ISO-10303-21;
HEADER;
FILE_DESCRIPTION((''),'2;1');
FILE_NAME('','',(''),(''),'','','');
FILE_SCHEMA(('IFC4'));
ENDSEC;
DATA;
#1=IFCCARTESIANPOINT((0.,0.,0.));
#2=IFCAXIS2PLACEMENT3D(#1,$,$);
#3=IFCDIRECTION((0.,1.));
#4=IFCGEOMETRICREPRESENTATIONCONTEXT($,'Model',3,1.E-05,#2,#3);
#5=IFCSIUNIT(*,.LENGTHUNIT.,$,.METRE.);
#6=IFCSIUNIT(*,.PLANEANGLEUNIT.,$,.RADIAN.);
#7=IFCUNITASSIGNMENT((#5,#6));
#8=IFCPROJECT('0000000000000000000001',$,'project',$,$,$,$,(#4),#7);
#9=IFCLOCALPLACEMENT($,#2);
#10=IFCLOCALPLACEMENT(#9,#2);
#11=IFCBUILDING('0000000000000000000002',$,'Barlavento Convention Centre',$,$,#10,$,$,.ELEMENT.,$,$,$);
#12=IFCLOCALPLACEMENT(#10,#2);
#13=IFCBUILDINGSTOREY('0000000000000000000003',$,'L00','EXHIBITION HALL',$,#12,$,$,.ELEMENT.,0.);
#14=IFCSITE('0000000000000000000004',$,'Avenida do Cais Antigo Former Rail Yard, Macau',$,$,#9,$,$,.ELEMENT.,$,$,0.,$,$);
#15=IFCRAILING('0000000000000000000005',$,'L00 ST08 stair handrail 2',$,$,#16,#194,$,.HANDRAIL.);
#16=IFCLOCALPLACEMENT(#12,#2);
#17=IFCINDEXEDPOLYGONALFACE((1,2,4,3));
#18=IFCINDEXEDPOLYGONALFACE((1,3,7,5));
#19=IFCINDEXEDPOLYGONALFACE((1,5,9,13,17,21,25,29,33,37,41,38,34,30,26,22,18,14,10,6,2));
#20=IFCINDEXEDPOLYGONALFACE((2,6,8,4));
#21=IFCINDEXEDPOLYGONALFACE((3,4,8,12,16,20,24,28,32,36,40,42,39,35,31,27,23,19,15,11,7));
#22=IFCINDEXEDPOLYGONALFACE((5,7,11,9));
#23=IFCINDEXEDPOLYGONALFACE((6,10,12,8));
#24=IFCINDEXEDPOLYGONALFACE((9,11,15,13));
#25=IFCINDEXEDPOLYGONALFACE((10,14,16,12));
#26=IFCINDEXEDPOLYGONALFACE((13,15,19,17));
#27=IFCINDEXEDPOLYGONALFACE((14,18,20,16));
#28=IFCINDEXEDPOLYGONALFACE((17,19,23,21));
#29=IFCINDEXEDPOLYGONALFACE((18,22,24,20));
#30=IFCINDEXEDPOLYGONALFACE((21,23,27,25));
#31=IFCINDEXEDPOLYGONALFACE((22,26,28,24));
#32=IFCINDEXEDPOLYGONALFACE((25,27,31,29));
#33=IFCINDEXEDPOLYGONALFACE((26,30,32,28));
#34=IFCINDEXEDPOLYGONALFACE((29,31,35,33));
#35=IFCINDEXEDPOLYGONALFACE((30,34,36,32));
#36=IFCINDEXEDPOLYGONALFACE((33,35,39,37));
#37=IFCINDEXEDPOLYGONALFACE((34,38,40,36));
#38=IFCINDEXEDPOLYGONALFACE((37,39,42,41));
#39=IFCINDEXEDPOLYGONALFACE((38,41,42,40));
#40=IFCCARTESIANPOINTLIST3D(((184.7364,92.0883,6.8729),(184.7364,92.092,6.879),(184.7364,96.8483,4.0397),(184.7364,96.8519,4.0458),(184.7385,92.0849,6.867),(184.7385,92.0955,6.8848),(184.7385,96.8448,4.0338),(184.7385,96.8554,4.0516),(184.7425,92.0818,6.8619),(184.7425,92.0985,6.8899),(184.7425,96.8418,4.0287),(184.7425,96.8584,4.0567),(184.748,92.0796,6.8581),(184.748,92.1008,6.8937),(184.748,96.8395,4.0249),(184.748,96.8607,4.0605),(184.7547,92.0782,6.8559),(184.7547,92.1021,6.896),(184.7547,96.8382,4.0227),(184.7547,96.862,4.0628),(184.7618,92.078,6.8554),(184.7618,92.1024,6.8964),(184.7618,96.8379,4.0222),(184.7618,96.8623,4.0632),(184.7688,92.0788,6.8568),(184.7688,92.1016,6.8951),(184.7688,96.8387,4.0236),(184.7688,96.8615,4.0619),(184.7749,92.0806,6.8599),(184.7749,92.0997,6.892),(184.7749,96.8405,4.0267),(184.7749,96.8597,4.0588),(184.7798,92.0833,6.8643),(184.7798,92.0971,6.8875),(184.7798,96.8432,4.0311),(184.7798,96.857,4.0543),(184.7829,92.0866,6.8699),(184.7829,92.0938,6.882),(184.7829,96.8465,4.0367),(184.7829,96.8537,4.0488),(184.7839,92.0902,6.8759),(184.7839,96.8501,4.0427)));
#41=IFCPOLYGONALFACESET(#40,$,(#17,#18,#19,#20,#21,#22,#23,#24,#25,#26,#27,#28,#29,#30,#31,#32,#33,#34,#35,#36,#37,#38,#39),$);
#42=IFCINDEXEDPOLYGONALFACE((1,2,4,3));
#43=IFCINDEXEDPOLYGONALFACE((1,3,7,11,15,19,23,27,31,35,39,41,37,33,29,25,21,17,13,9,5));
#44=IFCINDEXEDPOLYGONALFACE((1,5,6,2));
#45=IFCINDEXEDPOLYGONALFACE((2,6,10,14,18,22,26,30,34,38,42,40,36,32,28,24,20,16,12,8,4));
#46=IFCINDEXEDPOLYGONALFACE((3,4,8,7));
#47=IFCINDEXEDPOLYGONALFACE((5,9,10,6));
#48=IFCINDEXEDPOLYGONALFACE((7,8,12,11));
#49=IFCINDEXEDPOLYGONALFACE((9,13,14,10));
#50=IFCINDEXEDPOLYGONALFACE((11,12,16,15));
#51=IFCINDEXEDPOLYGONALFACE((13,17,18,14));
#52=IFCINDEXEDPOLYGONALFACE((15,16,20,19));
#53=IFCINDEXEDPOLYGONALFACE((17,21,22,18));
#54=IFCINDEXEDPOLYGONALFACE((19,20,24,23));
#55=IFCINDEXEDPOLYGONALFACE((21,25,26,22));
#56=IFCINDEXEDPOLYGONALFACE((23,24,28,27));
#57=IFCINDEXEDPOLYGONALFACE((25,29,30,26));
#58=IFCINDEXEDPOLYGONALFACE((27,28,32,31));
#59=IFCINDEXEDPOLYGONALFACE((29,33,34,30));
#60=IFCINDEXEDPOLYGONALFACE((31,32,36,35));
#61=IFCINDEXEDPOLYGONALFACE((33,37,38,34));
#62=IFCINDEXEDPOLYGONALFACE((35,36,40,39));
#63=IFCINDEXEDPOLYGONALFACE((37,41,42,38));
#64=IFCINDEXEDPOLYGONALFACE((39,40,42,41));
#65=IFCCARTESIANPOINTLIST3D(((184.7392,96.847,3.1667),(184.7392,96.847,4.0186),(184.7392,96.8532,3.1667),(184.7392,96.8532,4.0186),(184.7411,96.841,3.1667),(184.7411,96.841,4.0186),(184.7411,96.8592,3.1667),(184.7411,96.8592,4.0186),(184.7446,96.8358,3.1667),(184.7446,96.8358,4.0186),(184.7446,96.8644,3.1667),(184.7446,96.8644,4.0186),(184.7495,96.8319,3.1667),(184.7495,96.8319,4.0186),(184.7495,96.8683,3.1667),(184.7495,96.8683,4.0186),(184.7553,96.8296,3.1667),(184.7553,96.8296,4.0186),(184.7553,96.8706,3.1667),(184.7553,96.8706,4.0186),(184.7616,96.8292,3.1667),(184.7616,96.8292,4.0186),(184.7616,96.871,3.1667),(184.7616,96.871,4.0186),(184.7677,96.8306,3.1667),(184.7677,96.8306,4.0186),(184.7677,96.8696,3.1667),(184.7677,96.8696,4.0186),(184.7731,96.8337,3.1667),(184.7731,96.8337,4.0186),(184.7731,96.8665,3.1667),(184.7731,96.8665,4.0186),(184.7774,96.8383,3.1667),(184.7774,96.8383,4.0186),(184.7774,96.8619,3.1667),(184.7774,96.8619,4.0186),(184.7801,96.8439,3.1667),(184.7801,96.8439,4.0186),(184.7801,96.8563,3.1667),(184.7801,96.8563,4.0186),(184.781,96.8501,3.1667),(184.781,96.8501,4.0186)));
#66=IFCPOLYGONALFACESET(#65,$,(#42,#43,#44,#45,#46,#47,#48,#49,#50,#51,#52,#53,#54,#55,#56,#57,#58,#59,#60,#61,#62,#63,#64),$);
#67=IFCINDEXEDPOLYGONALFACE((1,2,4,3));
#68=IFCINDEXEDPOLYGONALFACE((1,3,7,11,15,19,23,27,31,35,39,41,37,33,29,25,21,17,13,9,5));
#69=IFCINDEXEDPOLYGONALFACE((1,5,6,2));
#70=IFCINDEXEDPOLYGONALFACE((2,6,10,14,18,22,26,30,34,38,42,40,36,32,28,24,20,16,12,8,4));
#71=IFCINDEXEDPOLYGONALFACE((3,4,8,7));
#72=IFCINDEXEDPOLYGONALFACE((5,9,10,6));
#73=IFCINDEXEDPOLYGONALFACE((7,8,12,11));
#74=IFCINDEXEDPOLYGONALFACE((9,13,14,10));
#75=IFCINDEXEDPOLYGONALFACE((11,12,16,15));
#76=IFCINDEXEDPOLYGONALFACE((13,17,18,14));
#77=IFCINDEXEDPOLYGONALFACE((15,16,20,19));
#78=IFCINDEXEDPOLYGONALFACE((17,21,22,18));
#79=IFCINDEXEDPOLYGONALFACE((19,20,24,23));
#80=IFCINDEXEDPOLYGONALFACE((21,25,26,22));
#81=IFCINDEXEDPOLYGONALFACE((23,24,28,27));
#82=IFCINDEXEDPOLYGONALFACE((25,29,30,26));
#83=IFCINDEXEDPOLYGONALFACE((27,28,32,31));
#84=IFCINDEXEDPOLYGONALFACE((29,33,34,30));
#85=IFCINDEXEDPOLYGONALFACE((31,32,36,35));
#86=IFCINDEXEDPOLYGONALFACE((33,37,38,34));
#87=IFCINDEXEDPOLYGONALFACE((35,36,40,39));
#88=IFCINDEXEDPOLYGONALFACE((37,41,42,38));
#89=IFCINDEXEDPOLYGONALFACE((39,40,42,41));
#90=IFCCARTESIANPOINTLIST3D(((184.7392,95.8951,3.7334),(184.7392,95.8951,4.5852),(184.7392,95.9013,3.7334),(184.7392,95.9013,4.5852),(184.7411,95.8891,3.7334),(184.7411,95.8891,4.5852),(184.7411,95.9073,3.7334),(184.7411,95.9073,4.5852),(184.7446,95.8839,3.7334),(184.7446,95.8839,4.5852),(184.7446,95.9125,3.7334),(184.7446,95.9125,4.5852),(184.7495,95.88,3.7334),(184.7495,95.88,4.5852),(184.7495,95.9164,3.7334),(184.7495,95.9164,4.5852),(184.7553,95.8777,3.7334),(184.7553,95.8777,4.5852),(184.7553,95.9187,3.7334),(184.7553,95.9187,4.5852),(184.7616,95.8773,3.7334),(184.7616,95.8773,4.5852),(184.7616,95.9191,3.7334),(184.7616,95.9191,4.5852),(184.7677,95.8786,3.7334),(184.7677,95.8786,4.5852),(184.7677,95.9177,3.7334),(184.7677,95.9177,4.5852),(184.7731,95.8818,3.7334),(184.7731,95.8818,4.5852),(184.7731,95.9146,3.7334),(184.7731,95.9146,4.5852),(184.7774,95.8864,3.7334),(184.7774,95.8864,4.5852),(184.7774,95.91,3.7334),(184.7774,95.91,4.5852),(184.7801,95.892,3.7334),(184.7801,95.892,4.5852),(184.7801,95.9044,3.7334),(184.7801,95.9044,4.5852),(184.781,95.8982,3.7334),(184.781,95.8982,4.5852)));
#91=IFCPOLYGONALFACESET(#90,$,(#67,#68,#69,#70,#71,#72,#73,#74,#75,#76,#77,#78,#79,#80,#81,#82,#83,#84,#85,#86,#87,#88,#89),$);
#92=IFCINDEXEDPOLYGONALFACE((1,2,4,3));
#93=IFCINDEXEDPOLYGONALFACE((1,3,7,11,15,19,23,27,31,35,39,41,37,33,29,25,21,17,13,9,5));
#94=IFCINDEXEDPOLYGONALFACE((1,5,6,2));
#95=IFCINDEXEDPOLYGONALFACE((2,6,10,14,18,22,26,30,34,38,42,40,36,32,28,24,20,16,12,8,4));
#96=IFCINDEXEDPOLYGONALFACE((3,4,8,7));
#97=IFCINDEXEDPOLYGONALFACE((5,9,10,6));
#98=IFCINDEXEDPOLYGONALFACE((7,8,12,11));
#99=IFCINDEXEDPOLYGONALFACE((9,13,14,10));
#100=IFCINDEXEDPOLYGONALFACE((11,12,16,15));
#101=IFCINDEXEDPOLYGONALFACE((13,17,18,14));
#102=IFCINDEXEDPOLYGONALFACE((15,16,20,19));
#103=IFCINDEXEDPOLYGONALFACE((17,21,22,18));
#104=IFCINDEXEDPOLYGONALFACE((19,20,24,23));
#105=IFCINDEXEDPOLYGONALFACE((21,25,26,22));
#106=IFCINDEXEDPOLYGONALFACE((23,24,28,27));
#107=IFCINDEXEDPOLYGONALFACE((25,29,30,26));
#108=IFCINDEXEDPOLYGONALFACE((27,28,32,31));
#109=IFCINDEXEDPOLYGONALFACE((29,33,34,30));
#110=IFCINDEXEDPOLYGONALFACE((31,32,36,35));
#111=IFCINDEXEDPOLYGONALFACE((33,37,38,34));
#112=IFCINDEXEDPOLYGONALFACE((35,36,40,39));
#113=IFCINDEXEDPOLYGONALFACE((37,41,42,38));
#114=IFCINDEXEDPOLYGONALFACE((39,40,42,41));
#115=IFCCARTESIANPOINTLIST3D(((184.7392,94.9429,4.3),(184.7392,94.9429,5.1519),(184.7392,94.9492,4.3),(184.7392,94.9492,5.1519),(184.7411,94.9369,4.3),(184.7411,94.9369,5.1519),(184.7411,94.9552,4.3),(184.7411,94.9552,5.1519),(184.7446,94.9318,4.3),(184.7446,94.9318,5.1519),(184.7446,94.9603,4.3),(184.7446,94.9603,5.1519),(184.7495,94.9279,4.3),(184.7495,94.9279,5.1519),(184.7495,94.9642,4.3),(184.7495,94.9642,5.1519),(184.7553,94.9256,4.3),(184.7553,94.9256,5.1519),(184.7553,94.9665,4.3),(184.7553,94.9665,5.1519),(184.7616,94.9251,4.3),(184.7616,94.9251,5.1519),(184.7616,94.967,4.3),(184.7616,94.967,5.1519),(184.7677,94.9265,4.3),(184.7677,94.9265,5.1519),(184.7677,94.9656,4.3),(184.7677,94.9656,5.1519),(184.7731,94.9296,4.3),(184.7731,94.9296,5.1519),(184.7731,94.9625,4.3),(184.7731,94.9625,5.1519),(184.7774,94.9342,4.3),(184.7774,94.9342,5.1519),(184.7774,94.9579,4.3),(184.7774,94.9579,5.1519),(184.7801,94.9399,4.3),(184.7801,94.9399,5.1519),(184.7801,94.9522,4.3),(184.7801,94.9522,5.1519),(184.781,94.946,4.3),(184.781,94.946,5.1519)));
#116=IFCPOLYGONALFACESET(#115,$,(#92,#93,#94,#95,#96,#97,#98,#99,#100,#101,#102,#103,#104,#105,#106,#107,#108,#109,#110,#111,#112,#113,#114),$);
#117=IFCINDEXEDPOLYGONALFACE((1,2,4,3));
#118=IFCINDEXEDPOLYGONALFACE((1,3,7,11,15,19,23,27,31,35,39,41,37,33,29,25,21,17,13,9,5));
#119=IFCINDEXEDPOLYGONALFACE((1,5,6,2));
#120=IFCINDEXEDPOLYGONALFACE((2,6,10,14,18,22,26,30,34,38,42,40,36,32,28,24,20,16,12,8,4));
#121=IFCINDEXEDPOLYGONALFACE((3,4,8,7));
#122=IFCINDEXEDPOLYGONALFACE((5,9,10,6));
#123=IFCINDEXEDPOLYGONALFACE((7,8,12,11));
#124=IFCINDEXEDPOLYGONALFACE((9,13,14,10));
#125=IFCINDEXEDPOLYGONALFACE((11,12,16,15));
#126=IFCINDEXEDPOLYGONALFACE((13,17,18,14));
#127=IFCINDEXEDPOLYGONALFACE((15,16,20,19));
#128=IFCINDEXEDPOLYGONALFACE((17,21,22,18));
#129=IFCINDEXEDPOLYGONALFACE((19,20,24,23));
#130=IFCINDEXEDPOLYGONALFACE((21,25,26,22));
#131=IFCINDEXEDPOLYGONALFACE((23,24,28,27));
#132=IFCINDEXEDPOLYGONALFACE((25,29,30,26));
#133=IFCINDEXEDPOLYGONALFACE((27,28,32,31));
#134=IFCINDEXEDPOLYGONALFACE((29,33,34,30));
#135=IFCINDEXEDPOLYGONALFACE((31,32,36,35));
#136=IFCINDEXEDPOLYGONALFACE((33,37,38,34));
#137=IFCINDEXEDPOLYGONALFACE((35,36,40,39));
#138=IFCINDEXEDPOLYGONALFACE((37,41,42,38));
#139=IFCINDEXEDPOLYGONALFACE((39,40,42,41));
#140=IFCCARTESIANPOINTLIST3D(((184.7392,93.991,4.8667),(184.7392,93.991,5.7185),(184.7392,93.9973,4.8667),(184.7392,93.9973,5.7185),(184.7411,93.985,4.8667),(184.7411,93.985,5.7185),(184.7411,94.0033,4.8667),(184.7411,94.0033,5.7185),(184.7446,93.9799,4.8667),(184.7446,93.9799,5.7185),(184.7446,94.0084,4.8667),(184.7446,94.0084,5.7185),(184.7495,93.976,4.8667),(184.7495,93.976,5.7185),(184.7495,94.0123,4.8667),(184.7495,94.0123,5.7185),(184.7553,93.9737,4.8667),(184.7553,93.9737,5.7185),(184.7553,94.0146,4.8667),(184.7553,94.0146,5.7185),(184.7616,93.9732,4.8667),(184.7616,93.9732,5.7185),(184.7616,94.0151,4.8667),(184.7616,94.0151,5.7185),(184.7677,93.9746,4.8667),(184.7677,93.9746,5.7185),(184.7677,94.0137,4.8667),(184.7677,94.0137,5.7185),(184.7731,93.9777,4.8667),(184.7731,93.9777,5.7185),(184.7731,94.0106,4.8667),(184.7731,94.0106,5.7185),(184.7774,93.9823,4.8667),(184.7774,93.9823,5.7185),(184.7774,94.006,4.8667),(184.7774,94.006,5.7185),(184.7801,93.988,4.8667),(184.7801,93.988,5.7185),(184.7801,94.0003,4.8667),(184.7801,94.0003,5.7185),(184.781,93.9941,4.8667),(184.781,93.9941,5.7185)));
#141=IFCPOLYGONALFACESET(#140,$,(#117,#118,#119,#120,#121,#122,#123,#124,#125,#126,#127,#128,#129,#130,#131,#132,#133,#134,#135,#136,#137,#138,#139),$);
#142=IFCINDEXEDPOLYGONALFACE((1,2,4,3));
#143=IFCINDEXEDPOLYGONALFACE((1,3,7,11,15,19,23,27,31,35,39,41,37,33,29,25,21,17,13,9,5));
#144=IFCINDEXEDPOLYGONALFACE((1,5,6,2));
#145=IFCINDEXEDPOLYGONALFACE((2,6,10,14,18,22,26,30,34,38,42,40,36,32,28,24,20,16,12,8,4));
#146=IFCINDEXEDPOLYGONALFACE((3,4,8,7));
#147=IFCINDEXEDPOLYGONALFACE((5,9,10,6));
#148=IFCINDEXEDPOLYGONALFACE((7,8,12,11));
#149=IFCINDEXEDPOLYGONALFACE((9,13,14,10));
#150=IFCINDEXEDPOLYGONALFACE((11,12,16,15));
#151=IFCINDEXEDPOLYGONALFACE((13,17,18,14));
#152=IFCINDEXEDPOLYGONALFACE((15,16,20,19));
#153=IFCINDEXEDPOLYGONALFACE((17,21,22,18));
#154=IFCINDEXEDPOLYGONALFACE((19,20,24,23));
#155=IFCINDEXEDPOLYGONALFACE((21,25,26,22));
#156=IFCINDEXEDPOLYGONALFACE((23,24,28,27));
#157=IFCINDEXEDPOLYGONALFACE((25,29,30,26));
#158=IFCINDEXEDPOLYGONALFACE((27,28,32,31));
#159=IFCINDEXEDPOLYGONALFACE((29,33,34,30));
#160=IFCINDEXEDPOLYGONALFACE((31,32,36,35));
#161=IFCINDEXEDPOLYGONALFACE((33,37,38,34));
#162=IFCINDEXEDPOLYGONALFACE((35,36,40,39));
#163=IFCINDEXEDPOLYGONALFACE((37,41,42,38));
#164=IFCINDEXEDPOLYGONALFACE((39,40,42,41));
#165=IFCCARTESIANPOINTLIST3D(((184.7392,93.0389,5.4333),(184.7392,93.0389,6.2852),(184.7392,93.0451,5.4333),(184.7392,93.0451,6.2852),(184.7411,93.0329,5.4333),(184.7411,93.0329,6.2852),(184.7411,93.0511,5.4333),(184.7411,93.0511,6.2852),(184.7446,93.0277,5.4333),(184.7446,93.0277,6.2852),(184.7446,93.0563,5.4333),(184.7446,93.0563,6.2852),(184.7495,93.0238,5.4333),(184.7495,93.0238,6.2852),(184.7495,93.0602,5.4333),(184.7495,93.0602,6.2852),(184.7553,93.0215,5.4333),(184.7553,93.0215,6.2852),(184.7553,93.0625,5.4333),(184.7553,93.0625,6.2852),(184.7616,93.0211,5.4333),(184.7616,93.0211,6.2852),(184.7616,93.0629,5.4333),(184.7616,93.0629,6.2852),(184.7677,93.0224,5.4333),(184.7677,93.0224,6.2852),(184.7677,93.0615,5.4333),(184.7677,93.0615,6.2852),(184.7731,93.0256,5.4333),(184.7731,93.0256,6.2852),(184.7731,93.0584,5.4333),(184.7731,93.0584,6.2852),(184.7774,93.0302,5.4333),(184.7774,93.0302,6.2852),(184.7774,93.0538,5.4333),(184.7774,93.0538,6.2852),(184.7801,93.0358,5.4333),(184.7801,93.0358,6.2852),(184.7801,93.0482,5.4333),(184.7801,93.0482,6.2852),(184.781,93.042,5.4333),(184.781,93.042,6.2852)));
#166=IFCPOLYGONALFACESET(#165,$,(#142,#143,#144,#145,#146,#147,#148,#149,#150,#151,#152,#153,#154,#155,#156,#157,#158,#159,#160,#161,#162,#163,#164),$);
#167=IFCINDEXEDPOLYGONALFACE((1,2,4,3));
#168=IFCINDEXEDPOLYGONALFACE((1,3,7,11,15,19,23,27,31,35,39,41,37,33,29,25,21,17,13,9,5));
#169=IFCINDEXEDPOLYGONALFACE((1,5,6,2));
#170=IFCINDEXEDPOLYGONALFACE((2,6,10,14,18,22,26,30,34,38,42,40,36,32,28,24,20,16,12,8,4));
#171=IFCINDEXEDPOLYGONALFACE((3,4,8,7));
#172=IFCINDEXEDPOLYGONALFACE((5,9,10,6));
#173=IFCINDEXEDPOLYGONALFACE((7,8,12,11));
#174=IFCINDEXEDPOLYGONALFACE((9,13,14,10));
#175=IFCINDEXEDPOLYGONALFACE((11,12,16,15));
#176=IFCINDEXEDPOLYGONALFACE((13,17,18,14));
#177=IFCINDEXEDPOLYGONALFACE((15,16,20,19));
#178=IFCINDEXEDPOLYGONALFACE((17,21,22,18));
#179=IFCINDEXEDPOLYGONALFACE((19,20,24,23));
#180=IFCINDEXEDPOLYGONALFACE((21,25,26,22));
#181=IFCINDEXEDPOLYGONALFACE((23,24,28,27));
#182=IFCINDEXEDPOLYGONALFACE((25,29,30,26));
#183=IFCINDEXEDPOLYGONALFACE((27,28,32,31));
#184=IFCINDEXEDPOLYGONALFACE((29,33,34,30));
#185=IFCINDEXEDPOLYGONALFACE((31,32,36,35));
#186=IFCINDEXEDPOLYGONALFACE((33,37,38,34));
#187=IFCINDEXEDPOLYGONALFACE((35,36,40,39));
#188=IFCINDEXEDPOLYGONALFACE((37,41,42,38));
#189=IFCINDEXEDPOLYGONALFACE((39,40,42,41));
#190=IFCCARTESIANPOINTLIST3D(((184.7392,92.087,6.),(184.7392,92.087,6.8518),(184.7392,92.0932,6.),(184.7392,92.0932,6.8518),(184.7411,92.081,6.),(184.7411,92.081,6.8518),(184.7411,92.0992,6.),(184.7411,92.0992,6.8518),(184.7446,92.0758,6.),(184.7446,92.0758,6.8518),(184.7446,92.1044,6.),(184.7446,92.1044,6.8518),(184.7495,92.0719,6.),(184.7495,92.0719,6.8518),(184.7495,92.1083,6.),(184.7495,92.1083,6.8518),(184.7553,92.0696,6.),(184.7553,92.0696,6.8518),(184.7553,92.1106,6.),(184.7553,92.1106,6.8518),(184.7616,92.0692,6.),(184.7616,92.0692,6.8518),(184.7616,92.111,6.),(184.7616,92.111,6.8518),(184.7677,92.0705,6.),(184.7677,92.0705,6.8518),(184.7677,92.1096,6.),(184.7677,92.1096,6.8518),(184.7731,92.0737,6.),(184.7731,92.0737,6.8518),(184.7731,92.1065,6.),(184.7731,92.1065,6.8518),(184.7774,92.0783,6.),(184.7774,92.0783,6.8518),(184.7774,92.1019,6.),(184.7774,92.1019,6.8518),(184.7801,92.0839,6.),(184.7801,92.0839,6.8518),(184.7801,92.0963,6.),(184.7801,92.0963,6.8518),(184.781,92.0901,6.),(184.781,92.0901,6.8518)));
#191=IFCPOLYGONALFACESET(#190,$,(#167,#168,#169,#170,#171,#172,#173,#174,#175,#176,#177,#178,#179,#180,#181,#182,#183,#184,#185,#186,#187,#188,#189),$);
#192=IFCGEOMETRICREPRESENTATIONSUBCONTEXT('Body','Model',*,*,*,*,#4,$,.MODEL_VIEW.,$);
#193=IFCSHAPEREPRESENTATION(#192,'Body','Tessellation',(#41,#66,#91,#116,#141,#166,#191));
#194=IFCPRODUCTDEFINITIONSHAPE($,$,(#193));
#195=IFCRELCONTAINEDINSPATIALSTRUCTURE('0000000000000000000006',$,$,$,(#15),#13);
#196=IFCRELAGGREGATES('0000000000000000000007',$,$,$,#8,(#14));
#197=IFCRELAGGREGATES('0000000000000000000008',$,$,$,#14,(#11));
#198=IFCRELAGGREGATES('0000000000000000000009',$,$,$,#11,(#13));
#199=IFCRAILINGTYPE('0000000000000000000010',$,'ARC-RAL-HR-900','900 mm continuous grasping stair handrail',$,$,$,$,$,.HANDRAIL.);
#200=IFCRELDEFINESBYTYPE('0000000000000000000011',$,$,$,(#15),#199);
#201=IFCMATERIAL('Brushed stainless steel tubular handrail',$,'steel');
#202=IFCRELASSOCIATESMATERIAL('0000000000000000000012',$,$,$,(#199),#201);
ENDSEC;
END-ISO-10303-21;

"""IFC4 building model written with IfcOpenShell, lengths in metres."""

from ifc_helpers import new_model, si_unit, direction, frame, origin, origin_2d, place, context, subcontext, project, spatial, circle, extrude, material, type_object, element, save


model = new_model("IFC4")

# Units and contexts
model_context = context("Model", 3, precision=1e-05, world=origin(), true_north=direction((0.0, 1.0)))
body_context = subcontext(model_context, "Body", "Model", "MODEL_VIEW")
ifc_project = project(units=[si_unit("LENGTHUNIT", "METRE"), si_unit("PLANEANGLEUNIT", "RADIAN")], contexts=[model_context])

# Site, building, storey
site_placement = place(None, origin())
site = spatial("IfcSite", under=ifc_project, at=site_placement, Name="Avenida do Cais Antigo Former Rail Yard, Macau", CompositionType="ELEMENT", RefElevation=0.0)
building_placement = place(site_placement, origin())
building = spatial("IfcBuilding", under=site, at=building_placement, Name="Barlavento Convention Centre", CompositionType="ELEMENT")
storey_placement = place(building_placement, origin())
storey = spatial("IfcBuildingStorey", under=building, at=storey_placement, Name="L00", Description="EXHIBITION HALL", CompositionType="ELEMENT", Elevation=0.0)

# Railing
ifc_material_1 = material(Name="Brushed stainless steel tubular handrail", Category="steel")
railing_type_1 = type_object("IfcRailingType", Name="ARC-RAL-HR-900", Description="900 mm continuous grasping stair handrail", PredefinedType="HANDRAIL", material=ifc_material_1)
railing_1_placement = place(storey_placement, frame((184.76, 96.8501, 3.1667)))
element("IfcRailing", 1, at=railing_1_placement, inside=storey, type_object=railing_type_1, Name="L00 ST08 stair handrail 2", PredefinedType="HANDRAIL", context=body_context, shape_type="SweptSolid", body=[
    extrude(circle(Radius=0.0239, at=origin_2d()), frame((0.0, 0.0, 0.876), z_axis=(0.0, -0.8593, 0.511472), x_axis=(1.0, 0.0, 0.0)), (0.0, 0.0, 1.0), 5.5393),
    extrude(circle(Radius=0.021, at=origin_2d()), origin(), (0.0, 0.0, 1.0), 0.8518),
    extrude(circle(Radius=0.021, at=origin_2d()), frame((0.0, -0.9519, 0.5667)), (0.0, 0.0, 1.0), 0.8518),
    extrude(circle(Radius=0.021, at=origin_2d()), frame((0.0, -1.9041, 1.1333)), (0.0, 0.0, 1.0), 0.8518),
    extrude(circle(Radius=0.021, at=origin_2d()), frame((0.0, -2.856, 1.7)), (0.0, 0.0, 1.0), 0.8518),
    extrude(circle(Radius=0.021, at=origin_2d()), frame((0.0, -3.8081, 2.2666)), (0.0, 0.0, 1.0), 0.8518),
    extrude(circle(Radius=0.021, at=origin_2d()), frame((0.0, -4.76, 2.8333)), (0.0, 0.0, 1.0), 0.8518),
])

save(model, "model.ifc")
